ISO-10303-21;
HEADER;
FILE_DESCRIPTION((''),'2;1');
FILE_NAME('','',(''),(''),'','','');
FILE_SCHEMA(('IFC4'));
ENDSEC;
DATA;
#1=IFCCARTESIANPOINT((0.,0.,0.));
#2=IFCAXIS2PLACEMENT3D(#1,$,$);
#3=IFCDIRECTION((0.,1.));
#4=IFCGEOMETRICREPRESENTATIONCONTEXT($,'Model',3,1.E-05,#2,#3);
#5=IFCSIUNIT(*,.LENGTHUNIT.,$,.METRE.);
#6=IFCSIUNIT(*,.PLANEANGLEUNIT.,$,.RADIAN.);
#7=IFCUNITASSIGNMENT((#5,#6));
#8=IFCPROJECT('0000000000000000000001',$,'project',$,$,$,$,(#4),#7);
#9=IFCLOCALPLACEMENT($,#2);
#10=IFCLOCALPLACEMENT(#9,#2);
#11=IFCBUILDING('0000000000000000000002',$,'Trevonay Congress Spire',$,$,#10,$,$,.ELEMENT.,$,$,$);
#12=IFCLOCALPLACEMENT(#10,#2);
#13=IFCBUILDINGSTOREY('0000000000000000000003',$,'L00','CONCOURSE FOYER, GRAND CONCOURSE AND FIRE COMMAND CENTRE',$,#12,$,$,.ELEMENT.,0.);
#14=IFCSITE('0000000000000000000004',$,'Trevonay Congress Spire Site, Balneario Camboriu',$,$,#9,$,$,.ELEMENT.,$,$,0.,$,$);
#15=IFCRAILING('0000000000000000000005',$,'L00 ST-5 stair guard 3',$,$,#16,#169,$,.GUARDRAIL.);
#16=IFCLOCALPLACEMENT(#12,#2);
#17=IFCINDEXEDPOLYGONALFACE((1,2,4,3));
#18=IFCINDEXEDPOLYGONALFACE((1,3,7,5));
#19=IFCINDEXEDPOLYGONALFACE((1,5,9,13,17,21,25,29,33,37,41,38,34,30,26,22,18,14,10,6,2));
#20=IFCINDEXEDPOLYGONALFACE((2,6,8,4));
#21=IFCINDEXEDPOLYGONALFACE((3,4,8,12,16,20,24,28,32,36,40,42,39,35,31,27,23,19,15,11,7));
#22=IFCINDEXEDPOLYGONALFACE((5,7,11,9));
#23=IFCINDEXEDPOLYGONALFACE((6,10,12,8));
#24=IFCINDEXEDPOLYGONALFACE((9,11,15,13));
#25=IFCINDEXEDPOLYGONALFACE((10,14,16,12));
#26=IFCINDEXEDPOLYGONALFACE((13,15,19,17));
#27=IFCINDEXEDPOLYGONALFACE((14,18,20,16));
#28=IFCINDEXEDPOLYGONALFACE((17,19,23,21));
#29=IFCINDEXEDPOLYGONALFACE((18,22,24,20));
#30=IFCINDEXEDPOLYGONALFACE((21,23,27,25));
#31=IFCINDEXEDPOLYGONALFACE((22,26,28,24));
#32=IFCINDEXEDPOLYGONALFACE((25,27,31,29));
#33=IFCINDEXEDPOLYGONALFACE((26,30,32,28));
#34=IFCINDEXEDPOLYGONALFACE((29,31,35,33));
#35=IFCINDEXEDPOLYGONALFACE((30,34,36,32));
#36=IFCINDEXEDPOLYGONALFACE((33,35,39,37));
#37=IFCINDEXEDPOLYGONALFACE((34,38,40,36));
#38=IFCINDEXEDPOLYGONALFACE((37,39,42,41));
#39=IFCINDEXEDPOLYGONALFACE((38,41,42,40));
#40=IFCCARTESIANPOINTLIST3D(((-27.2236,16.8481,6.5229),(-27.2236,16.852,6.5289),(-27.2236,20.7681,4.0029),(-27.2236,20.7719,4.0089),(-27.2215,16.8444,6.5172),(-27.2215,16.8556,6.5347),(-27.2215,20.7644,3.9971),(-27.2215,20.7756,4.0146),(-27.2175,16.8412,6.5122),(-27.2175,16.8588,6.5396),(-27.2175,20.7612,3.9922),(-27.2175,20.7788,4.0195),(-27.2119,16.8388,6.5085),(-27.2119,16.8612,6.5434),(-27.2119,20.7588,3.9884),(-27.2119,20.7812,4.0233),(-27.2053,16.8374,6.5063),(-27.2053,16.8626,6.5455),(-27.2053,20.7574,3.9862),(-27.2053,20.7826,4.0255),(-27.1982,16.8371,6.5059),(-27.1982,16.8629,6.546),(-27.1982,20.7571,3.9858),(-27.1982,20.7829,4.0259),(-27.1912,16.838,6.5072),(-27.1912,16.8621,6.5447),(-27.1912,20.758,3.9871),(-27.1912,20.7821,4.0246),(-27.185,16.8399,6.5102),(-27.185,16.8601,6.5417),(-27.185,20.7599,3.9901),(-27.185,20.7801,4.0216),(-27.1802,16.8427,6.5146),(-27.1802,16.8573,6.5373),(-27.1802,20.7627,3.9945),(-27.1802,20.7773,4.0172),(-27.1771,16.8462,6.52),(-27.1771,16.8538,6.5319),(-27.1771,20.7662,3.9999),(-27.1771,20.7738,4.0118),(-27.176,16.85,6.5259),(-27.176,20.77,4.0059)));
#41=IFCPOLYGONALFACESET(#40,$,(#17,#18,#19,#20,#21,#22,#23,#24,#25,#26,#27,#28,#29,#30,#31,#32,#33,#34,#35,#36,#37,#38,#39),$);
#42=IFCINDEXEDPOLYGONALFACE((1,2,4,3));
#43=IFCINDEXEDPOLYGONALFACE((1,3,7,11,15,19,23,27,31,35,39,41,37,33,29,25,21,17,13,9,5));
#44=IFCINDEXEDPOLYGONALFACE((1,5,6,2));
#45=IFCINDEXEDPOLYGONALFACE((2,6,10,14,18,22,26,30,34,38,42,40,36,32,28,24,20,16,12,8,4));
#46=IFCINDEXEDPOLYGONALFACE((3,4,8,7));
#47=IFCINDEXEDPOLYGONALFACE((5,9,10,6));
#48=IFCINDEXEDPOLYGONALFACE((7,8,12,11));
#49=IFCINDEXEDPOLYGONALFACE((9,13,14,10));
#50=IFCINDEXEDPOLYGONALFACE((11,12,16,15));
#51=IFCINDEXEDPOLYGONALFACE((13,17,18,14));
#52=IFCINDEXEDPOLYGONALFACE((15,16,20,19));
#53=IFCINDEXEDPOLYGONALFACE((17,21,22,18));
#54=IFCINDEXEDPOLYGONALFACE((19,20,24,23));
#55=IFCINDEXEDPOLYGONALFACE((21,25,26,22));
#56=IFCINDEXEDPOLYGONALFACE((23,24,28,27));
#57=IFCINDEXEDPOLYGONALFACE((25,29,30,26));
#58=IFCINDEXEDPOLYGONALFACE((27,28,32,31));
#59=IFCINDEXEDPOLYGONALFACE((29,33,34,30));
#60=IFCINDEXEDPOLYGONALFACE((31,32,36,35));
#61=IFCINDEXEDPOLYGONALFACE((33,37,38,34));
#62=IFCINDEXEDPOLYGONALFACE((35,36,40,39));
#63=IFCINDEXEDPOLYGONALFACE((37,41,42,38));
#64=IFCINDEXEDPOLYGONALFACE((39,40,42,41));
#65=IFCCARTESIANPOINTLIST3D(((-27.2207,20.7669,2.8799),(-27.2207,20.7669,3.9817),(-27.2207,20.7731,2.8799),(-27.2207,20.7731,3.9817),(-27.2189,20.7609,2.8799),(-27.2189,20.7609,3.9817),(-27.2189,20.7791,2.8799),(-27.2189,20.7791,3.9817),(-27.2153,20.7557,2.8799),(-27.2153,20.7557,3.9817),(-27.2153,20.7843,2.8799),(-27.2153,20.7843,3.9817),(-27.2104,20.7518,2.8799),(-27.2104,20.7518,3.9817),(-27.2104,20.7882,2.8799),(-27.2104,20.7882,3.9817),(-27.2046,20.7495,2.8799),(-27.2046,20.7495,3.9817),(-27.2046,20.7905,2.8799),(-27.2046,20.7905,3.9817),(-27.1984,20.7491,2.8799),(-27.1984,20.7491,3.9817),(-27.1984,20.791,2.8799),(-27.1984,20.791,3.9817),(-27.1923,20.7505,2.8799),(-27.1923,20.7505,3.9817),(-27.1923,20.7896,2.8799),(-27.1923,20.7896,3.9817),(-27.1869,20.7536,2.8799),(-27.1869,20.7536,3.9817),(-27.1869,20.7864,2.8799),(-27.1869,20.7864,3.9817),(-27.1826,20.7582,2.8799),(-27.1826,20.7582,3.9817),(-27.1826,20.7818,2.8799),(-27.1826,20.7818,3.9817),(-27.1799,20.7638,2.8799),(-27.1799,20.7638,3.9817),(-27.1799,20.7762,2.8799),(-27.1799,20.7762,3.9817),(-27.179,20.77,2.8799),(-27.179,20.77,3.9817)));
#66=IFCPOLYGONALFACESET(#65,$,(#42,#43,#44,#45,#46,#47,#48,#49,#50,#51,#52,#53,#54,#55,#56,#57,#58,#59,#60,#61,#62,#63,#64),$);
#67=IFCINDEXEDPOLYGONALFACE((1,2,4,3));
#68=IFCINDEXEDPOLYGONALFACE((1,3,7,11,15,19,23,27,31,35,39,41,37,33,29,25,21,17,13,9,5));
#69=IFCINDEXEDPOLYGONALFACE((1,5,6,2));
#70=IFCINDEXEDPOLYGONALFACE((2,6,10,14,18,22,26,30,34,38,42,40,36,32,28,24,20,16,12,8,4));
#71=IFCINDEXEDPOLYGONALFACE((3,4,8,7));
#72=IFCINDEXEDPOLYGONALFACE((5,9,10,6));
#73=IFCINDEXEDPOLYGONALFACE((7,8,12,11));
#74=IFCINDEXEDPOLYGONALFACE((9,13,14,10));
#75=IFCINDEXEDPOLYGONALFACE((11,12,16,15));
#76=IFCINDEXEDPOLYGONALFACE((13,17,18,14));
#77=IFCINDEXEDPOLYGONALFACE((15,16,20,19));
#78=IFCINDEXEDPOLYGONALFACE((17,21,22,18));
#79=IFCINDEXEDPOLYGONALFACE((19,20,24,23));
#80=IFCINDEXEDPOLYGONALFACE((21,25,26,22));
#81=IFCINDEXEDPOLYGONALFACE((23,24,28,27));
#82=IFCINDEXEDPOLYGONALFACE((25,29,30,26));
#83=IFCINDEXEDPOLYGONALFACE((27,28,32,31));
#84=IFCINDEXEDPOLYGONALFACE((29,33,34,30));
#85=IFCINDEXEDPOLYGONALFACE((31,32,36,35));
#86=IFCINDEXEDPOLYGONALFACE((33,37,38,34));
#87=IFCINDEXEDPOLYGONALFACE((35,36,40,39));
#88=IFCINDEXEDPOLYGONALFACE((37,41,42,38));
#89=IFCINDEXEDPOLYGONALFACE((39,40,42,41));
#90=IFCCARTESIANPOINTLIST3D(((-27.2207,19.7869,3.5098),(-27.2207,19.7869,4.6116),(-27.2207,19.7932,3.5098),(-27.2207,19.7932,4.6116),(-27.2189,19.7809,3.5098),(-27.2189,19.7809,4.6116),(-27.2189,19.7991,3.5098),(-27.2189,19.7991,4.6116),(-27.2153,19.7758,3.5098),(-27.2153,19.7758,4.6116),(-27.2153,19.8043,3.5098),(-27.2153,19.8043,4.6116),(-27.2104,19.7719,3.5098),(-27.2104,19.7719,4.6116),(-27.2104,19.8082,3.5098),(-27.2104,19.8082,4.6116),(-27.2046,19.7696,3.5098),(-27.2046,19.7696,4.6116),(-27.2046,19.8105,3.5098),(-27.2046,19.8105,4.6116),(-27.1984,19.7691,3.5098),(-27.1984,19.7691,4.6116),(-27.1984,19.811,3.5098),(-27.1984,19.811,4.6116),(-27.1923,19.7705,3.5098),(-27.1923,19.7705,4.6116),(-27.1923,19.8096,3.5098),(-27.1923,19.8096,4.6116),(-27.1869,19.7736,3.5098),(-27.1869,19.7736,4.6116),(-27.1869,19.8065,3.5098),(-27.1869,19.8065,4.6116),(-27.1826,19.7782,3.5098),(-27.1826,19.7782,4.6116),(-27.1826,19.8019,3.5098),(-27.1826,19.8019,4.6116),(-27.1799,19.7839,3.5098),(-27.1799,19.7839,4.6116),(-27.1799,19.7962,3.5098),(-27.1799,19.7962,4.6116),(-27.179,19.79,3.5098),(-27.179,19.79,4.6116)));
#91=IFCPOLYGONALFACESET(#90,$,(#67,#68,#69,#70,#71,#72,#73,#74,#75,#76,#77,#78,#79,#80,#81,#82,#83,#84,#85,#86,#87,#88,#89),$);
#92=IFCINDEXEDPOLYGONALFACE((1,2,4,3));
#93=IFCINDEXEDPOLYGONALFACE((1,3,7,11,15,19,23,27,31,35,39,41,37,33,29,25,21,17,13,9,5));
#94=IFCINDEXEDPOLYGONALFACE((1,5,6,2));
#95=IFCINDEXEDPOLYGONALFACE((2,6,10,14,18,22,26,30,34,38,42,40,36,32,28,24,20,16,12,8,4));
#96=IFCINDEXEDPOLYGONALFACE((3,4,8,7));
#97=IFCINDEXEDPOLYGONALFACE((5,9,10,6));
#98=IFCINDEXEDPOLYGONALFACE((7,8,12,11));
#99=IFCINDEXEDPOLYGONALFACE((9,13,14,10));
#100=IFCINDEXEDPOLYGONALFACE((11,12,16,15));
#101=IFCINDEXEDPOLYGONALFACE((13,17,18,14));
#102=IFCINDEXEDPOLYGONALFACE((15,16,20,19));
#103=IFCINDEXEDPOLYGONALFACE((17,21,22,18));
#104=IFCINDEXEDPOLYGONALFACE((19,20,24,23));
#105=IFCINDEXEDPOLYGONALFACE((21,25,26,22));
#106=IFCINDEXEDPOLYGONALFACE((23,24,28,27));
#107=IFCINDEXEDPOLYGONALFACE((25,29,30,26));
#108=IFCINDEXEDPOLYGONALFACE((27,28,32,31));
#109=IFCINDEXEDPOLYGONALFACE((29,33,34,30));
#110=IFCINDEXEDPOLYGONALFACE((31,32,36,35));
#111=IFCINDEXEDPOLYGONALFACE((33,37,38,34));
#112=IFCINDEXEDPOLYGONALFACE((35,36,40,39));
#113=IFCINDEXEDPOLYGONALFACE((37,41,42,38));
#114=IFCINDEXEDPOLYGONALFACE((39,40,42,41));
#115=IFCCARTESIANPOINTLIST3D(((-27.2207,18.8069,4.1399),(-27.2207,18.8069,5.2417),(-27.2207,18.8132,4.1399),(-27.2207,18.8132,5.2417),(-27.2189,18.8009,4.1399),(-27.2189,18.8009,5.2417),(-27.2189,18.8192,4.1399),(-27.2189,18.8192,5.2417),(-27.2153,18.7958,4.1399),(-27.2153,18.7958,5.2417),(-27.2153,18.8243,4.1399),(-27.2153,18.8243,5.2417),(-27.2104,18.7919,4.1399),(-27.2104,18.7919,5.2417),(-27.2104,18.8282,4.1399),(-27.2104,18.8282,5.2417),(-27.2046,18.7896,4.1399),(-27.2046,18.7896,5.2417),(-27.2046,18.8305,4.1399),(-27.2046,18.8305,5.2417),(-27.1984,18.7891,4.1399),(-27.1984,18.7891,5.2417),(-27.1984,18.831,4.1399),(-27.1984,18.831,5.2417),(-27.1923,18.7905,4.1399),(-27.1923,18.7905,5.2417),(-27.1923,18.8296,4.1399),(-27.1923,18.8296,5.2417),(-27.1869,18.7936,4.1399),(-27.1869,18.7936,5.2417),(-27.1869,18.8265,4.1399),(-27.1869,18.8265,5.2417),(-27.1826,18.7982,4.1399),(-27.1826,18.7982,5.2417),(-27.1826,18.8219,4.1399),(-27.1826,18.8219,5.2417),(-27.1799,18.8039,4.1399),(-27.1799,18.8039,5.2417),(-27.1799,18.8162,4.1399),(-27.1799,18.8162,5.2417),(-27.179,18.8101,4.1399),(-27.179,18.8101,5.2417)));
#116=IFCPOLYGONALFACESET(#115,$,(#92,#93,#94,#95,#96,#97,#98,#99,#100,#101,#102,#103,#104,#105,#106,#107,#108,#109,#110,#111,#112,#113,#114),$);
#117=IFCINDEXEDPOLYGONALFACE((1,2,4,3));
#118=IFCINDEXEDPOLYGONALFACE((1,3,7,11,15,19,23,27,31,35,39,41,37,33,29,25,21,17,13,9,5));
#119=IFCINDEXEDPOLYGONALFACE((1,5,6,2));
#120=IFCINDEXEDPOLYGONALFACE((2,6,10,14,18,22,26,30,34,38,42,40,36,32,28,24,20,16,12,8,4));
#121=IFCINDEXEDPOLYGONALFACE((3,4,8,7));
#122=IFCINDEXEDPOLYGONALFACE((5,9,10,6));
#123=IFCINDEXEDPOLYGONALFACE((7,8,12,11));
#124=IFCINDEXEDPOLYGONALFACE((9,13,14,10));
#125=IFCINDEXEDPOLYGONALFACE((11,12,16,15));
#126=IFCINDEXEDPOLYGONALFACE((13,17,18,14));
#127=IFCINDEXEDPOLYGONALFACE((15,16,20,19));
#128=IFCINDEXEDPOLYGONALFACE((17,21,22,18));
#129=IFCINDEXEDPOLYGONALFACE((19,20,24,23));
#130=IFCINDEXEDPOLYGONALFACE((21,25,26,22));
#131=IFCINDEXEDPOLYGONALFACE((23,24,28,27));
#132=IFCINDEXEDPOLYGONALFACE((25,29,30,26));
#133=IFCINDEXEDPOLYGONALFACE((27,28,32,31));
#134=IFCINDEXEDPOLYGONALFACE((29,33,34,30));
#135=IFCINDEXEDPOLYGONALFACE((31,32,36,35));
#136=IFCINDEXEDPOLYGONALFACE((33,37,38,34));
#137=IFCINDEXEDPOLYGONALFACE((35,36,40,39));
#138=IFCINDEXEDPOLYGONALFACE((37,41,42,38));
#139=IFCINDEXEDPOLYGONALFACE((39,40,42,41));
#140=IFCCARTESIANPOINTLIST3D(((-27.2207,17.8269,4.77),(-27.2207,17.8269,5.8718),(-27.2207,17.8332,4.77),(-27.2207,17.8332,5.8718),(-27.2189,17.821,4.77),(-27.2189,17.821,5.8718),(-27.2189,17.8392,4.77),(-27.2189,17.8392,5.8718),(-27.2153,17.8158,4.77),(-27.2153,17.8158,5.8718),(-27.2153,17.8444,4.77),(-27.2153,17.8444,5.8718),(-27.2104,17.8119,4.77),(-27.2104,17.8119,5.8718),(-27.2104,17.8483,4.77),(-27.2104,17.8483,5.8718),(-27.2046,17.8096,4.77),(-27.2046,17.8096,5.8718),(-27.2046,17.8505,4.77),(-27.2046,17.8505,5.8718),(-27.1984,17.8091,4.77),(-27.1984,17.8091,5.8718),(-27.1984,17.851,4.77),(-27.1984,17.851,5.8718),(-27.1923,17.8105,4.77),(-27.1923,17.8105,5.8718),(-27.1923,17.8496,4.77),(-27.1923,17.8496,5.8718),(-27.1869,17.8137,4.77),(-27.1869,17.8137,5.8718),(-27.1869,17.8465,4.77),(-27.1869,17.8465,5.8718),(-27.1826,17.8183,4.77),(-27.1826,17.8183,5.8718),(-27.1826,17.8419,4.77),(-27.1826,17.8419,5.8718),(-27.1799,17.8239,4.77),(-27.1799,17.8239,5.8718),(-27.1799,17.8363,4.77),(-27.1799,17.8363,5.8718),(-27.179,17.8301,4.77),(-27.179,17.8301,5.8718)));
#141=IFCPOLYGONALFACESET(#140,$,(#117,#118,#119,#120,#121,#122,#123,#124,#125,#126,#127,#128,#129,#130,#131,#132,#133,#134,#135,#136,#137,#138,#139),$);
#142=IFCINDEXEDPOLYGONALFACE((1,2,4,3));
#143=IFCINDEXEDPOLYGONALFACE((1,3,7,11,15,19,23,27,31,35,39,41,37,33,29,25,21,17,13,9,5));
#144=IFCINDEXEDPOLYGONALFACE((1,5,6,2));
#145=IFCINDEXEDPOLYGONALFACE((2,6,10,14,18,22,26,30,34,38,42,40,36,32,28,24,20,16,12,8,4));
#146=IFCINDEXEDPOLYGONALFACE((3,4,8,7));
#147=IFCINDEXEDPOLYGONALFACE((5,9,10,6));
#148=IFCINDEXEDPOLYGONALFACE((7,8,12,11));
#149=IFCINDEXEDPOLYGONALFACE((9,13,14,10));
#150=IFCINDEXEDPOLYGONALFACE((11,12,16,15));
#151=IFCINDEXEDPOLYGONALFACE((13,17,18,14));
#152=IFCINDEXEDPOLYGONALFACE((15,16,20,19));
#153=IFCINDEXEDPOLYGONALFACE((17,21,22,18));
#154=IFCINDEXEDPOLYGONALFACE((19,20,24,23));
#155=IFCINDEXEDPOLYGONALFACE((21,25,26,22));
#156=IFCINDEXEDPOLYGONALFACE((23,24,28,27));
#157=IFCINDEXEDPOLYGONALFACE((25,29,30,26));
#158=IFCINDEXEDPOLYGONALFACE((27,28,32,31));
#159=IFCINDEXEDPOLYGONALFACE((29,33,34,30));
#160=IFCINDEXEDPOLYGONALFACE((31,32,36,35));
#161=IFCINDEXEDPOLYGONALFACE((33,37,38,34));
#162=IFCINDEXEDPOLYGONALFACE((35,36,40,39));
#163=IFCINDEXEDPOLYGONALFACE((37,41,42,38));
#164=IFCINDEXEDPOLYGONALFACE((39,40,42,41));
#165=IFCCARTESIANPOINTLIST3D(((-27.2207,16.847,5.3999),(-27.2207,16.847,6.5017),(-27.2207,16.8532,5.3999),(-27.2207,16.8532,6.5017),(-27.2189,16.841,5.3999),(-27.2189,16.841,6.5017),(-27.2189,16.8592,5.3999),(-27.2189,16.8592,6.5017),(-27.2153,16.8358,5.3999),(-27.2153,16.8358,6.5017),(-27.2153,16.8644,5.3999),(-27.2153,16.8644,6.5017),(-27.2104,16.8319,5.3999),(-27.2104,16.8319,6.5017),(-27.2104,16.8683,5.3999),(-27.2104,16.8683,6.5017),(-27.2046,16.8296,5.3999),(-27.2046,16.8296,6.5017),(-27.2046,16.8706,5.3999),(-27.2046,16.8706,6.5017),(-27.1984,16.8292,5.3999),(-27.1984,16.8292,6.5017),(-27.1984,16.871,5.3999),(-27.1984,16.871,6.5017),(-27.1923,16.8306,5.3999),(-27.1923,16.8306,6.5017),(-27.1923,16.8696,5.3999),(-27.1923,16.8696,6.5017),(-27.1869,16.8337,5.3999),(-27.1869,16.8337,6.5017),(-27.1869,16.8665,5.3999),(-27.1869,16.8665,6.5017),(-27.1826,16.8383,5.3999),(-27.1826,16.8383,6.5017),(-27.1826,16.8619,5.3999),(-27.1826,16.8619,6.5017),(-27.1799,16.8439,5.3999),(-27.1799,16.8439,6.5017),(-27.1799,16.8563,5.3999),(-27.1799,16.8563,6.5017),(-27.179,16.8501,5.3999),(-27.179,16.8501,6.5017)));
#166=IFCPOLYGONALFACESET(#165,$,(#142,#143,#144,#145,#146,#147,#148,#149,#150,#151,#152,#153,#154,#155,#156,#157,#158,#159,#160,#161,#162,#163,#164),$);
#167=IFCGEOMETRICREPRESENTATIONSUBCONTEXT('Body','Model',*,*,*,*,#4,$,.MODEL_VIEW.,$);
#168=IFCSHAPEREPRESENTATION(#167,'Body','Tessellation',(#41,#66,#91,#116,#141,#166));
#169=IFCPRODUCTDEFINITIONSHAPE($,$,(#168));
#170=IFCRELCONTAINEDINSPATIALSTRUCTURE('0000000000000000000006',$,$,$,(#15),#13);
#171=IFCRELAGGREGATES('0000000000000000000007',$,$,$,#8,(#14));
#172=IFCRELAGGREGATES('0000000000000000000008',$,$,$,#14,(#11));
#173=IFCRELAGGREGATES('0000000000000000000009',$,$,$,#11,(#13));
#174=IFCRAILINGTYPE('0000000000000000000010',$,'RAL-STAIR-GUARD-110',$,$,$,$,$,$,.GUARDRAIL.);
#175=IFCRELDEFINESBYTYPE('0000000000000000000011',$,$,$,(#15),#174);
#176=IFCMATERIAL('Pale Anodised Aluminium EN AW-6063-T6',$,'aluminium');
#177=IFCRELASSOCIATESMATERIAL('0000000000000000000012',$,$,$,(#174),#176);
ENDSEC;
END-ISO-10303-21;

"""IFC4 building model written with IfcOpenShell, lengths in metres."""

from ifc_helpers import new_model, si_unit, direction, frame, origin, origin_2d, place, context, subcontext, project, spatial, circle, extrude, material, type_object, element, save


model = new_model("IFC4")

# Units and contexts
model_context = context("Model", 3, precision=1e-05, world=origin(), true_north=direction((0.0, 1.0)))
body_context = subcontext(model_context, "Body", "Model", "MODEL_VIEW")
ifc_project = project(units=[si_unit("LENGTHUNIT", "METRE"), si_unit("PLANEANGLEUNIT", "RADIAN")], contexts=[model_context])

# Site, building, storey
site_placement = place(None, origin())
site = spatial("IfcSite", under=ifc_project, at=site_placement, Name="Trevonay Congress Spire Site, Balneario Camboriu", CompositionType="ELEMENT", RefElevation=0.0)
building_placement = place(site_placement, origin())
building = spatial("IfcBuilding", under=site, at=building_placement, Name="Trevonay Congress Spire", CompositionType="ELEMENT")
storey_placement = place(building_placement, origin())
storey = spatial("IfcBuildingStorey", under=building, at=storey_placement, Name="L00", Description="CONCOURSE FOYER, GRAND CONCOURSE AND FIRE COMMAND CENTRE", CompositionType="ELEMENT", Elevation=0.0)

# Shared definitions
ifc_material_1 = material(Name="Pale Anodised Aluminium EN AW-6063-T6", Category="aluminium")

# Railing
railing_type_1 = type_object("IfcRailingType", Name="RAL-STAIR-GUARD-110", PredefinedType="GUARDRAIL", material=ifc_material_1)
railing_1_placement = place(storey_placement, frame((-27.2, 20.77, 2.8799)))
element("IfcRailing", 1, at=railing_1_placement, inside=storey, type_object=railing_type_1, Name="L00 ST-5 stair guard 3", PredefinedType="GUARDRAIL", context=body_context, shape_type="SweptSolid", body=[
    extrude(circle(Radius=0.0239, at=origin_2d()), frame((0.0, 0.0, 1.126), z_axis=(0.0, -0.841172, 0.540768), x_axis=(1.0, 0.0, 0.0)), (0.0, 0.0, 1.0), 4.6602),
    extrude(circle(Radius=0.021, at=origin_2d()), origin(), (0.0, 0.0, 1.0), 1.1018),
    extrude(circle(Radius=0.021, at=origin_2d()), frame((0.0, -0.98, 0.6299)), (0.0, 0.0, 1.0), 1.1018),
    extrude(circle(Radius=0.021, at=origin_2d()), frame((0.0, -1.96, 1.26)), (0.0, 0.0, 1.0), 1.1018),
    extrude(circle(Radius=0.021, at=origin_2d()), frame((0.0, -2.9399, 1.8901)), (0.0, 0.0, 1.0), 1.1018),
    extrude(circle(Radius=0.021, at=origin_2d()), frame((0.0, -3.9199, 2.52)), (0.0, 0.0, 1.0), 1.1018),
])

save(model, "model.ifc")
